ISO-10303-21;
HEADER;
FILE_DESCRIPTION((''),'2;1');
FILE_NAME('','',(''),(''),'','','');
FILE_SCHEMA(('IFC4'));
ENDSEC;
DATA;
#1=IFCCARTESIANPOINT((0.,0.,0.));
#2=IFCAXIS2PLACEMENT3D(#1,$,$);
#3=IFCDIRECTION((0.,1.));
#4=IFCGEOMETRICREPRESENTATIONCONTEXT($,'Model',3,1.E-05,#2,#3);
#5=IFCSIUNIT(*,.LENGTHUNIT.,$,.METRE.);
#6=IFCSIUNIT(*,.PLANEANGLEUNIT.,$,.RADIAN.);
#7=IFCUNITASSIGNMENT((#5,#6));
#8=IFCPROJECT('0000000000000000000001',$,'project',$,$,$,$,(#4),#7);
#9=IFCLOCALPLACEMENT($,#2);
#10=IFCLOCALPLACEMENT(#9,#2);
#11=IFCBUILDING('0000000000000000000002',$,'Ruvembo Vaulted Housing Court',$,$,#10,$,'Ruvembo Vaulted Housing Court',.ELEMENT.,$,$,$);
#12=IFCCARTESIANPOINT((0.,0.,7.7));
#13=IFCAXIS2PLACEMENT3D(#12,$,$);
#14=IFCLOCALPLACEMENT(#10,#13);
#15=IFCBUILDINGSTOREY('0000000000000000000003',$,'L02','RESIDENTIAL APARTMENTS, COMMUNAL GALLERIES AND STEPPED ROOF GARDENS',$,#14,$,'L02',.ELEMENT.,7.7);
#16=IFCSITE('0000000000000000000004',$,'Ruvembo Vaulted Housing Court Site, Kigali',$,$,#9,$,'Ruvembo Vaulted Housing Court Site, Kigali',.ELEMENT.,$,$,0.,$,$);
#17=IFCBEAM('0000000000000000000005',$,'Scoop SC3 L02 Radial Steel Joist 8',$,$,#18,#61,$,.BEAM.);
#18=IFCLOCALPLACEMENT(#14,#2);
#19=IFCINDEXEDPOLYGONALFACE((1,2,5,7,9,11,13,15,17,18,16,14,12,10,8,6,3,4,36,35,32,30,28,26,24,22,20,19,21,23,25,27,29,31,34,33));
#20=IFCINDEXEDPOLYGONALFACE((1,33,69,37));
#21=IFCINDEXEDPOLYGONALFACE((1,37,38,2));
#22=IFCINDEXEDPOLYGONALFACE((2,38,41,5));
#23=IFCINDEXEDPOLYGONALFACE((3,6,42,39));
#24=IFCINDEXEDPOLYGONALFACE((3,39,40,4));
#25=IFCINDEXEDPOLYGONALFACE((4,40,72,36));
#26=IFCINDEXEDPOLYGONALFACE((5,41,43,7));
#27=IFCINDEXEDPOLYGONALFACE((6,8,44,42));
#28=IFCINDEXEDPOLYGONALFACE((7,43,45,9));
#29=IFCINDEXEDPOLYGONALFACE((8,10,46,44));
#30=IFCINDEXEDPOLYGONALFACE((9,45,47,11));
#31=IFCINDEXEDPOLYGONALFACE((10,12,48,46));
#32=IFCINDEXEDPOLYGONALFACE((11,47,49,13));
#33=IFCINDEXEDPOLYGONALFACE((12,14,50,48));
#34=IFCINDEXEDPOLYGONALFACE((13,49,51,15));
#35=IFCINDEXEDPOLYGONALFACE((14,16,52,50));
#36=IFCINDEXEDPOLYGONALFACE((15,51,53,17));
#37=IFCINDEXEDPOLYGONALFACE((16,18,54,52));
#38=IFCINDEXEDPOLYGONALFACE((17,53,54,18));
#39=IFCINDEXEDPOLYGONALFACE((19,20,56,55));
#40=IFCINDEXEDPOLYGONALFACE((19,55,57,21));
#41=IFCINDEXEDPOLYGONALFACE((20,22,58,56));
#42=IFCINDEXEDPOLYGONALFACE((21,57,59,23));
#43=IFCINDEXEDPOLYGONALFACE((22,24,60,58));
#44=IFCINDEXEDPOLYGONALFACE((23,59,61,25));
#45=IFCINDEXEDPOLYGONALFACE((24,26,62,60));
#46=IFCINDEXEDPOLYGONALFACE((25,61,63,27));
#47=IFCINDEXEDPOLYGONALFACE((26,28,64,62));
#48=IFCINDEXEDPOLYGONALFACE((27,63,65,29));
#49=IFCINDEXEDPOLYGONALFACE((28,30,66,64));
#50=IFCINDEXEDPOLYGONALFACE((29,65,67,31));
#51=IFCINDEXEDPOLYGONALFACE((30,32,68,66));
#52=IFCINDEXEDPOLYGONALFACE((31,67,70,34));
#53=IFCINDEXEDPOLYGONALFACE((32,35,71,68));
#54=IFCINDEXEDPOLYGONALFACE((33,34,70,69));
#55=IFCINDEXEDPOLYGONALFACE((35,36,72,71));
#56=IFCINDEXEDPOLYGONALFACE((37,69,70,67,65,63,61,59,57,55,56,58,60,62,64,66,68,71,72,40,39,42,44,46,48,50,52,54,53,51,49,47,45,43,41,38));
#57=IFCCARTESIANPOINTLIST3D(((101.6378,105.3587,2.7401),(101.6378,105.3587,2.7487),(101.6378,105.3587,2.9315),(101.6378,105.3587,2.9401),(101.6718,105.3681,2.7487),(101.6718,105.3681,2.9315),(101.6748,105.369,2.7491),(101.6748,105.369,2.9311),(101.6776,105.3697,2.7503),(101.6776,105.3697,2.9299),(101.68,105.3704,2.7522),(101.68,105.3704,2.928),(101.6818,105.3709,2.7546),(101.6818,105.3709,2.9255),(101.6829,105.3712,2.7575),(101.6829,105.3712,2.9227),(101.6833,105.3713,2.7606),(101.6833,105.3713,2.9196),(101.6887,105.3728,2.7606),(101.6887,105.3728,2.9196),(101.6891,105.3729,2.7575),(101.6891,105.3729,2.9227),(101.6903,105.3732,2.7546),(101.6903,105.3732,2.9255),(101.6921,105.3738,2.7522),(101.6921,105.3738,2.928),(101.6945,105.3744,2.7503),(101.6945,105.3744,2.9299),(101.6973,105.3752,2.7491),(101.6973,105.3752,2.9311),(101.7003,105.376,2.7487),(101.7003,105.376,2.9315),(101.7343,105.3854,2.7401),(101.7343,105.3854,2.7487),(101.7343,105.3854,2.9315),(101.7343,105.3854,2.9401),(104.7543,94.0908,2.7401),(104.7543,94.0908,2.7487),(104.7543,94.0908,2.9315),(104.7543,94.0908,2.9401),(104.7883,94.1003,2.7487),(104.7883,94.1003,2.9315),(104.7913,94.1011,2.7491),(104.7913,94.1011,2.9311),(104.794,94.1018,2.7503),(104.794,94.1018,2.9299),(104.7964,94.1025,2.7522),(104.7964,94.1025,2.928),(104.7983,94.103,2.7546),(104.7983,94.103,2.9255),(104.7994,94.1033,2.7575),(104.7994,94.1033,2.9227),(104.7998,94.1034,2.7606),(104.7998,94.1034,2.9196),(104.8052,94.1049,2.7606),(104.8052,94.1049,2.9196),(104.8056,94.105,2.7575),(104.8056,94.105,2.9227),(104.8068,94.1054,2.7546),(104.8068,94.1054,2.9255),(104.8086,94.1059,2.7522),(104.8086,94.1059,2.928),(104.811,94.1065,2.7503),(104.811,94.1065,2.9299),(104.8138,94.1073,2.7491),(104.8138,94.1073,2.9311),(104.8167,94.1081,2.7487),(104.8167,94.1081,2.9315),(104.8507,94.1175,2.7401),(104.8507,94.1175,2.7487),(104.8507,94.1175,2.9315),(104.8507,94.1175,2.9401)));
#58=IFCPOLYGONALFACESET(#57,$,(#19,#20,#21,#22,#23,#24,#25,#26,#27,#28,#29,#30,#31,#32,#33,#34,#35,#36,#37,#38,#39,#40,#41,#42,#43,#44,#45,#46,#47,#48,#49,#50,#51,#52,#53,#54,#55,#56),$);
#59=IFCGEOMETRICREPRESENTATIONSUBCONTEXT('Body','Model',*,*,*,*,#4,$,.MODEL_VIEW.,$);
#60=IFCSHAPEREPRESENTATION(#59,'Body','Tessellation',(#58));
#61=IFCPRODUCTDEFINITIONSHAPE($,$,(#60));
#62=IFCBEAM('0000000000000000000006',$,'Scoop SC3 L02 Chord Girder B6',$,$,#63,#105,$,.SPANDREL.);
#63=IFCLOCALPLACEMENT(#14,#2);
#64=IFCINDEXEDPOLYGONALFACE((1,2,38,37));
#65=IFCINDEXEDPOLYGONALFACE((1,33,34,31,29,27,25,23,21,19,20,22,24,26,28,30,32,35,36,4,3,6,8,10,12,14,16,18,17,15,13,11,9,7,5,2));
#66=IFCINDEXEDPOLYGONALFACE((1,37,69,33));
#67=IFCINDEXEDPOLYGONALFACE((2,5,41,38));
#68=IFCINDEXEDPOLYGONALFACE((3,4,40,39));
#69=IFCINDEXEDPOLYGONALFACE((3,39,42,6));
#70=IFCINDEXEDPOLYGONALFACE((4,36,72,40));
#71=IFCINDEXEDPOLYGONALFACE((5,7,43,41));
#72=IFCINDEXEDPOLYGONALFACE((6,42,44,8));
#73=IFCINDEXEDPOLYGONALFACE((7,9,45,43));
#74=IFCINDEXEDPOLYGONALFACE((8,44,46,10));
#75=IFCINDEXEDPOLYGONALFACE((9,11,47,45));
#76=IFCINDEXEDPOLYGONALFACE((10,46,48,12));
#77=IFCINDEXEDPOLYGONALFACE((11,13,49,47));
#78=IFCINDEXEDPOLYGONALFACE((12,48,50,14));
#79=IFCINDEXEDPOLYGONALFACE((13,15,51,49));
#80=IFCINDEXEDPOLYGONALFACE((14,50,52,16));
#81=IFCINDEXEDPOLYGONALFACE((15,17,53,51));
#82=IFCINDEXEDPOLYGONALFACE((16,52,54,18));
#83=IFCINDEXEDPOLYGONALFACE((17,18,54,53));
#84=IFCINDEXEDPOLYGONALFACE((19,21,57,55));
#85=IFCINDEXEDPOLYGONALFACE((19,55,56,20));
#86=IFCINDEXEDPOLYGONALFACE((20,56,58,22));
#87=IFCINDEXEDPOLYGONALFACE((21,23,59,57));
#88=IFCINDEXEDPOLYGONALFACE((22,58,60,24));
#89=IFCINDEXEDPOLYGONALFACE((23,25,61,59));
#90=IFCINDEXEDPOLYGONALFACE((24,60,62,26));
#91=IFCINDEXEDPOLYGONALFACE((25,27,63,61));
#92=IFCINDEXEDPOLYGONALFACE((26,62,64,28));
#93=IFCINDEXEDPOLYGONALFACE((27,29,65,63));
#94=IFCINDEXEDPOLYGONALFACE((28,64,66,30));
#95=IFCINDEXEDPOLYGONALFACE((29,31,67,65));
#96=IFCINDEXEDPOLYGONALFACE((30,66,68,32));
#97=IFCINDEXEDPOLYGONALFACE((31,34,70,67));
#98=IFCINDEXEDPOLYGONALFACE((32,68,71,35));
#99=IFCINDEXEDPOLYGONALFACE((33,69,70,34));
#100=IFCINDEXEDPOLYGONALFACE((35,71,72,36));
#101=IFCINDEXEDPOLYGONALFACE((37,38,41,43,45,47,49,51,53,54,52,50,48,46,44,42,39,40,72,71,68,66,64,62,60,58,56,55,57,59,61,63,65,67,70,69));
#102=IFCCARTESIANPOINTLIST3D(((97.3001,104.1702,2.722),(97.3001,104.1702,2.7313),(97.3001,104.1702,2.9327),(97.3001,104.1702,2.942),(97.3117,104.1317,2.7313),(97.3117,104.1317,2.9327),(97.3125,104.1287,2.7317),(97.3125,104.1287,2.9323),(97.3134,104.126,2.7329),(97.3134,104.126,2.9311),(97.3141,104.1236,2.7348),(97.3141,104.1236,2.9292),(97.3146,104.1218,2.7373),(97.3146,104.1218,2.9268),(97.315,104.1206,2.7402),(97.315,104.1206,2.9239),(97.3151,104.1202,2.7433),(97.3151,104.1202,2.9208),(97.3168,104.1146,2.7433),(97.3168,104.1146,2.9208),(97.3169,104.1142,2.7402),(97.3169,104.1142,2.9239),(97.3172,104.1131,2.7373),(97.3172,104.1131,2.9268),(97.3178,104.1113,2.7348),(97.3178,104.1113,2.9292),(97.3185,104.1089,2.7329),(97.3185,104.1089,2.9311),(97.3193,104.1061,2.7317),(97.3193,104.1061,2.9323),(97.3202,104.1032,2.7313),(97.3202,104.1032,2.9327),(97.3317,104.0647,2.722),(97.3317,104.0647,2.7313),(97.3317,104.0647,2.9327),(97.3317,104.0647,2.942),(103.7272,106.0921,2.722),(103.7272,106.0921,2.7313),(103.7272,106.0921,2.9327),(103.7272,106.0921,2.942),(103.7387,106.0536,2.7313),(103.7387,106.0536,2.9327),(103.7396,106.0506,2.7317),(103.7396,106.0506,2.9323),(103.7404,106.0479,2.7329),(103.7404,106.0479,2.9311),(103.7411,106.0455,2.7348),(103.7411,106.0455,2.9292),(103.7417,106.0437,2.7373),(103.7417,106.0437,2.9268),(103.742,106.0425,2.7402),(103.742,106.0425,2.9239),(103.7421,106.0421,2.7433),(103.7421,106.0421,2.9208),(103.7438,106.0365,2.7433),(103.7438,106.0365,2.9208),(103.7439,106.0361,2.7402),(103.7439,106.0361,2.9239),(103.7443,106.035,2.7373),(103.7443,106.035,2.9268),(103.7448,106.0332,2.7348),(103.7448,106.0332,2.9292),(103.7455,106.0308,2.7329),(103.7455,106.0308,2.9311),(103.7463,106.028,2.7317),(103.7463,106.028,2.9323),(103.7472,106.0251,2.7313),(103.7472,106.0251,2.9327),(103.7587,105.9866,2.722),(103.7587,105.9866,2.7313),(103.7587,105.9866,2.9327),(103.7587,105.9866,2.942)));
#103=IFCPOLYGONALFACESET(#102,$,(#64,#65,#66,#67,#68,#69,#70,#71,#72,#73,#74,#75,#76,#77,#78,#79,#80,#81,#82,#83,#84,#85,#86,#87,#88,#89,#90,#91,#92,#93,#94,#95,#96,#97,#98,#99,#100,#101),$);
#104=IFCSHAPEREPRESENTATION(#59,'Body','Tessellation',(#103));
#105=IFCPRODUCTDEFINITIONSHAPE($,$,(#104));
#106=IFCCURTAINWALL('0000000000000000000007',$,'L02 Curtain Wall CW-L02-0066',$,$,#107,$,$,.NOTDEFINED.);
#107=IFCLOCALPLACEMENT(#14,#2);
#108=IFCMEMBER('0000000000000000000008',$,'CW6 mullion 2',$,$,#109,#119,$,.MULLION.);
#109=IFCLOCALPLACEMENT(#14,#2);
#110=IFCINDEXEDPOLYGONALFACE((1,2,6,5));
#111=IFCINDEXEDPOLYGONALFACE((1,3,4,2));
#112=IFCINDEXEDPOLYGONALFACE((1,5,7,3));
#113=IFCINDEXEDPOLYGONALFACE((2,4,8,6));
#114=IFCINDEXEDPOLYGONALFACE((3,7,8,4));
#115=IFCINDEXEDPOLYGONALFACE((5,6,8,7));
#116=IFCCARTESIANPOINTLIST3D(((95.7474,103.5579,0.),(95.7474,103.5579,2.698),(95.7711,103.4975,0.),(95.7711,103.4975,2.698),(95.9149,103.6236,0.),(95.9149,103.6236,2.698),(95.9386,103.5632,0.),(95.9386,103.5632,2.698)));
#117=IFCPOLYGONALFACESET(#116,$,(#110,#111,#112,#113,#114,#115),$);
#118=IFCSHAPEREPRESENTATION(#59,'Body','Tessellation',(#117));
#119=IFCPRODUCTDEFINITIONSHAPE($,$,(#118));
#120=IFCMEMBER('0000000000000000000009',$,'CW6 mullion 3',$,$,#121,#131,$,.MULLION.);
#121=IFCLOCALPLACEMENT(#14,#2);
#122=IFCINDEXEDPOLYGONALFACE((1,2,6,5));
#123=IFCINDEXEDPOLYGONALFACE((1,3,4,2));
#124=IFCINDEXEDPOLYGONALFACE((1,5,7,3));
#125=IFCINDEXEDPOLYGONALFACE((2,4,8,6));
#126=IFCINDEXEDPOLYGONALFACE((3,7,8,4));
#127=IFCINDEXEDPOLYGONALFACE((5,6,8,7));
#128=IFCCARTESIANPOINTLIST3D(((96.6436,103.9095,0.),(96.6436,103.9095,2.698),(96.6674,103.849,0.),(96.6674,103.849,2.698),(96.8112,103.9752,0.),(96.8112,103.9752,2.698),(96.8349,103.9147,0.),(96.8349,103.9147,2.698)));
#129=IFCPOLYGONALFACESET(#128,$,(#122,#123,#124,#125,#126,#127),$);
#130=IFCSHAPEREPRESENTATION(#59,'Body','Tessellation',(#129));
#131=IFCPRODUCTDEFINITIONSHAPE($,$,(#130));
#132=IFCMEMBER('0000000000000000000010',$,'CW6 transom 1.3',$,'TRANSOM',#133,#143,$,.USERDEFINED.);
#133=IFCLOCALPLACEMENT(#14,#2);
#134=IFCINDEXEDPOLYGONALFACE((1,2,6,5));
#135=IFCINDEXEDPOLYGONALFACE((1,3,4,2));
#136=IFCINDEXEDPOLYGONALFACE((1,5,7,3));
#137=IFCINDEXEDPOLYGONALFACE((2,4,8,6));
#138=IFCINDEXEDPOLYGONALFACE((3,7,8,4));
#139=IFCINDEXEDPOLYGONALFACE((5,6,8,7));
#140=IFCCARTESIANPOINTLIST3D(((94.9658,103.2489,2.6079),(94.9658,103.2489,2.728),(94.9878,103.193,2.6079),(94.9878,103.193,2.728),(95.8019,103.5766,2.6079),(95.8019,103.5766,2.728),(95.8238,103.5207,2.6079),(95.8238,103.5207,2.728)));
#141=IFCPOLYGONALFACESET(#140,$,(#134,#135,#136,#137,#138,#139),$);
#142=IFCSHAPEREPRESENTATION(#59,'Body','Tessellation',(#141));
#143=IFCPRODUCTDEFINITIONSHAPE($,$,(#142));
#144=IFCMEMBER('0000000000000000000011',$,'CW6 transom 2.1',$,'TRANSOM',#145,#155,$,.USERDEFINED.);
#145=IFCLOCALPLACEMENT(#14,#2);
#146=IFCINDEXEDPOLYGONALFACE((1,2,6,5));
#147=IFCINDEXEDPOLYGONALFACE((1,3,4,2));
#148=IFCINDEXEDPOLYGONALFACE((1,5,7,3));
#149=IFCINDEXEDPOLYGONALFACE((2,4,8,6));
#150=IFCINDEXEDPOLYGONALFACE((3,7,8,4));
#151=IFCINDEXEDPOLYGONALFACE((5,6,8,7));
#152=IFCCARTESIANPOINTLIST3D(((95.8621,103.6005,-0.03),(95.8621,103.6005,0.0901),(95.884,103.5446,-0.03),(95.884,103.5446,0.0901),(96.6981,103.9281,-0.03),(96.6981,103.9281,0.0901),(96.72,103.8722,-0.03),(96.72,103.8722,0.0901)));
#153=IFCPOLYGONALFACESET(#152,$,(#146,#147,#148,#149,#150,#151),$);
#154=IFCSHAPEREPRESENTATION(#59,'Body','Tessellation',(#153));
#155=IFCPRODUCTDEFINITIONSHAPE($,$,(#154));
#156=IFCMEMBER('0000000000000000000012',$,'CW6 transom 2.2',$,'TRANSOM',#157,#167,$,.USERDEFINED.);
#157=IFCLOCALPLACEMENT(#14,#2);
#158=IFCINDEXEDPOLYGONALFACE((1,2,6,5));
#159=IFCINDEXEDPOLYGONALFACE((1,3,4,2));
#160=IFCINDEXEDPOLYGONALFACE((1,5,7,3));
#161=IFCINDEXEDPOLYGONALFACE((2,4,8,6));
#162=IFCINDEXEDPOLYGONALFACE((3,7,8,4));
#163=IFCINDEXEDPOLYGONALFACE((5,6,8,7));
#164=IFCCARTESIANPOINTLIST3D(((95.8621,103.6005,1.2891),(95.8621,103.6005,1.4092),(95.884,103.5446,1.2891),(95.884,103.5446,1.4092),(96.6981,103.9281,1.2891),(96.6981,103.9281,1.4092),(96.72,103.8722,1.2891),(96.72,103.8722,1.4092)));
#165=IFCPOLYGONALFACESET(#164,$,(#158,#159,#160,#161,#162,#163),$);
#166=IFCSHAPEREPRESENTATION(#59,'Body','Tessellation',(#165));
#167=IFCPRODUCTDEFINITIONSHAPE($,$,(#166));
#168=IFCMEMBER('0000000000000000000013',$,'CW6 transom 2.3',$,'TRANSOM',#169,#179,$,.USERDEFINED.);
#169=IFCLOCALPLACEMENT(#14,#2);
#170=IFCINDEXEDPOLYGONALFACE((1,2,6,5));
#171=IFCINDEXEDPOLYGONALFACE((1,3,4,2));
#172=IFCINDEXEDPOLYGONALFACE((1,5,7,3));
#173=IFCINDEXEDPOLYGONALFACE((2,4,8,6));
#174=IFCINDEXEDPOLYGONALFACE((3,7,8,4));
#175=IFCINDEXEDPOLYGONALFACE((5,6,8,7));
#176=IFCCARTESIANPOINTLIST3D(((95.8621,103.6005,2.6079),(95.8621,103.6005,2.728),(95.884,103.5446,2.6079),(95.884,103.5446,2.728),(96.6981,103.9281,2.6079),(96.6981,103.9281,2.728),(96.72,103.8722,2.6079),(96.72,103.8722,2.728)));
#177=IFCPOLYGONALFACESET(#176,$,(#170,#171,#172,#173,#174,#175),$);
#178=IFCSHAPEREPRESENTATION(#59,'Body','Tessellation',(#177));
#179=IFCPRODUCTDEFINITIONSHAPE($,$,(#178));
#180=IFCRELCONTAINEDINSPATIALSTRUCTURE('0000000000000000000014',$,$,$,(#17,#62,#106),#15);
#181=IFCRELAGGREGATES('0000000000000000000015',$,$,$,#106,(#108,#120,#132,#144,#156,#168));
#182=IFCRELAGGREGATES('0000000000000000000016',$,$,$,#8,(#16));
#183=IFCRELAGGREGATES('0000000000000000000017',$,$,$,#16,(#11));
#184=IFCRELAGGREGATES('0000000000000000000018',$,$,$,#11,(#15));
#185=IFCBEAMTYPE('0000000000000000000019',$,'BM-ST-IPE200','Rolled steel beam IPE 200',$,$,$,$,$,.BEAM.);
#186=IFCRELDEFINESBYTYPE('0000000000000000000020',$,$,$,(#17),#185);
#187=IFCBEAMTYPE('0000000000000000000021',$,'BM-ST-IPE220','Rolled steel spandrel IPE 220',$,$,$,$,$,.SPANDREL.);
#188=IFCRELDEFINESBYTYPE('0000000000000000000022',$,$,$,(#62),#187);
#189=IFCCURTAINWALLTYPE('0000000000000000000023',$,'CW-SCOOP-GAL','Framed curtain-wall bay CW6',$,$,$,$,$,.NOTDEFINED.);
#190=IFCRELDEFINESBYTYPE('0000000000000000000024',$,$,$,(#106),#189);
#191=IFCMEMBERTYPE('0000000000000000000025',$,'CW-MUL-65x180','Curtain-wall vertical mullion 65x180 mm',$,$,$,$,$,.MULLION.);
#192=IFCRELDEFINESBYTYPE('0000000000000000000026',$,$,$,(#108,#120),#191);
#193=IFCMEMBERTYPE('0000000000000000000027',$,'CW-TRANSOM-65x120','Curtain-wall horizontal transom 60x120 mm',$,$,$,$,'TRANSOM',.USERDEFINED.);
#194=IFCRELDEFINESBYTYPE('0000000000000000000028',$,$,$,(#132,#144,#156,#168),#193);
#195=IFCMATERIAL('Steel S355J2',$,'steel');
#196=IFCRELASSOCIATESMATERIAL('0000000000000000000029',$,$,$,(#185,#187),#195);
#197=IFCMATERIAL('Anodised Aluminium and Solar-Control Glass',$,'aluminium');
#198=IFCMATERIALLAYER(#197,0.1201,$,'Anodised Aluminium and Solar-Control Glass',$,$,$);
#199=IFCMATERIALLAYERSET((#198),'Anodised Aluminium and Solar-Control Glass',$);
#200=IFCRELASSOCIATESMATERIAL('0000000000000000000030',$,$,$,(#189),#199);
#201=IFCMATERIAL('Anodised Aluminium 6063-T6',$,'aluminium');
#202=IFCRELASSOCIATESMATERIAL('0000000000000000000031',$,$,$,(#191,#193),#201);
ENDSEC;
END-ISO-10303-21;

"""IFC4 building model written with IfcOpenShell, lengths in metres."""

from ifc_helpers import new_model, si_unit, direction, frame, origin, origin_2d, place, context, subcontext, project, spatial, rectangle, i_section, extrude, material, layer, layer_set, material_profile, profile_set, type_object, element, aggregate, save


model = new_model("IFC4")

# Units and contexts
model_context = context("Model", 3, precision=1e-05, world=origin(), true_north=direction((0.0, 1.0)))
body_context = subcontext(model_context, "Body", "Model", "MODEL_VIEW")
ifc_project = project(units=[si_unit("LENGTHUNIT", "METRE"), si_unit("PLANEANGLEUNIT", "RADIAN")], contexts=[model_context])

# Site, building, storey
site_placement = place(None, origin())
site = spatial("IfcSite", under=ifc_project, at=site_placement, Name="Ruvembo Vaulted Housing Court Site, Kigali", LongName="Ruvembo Vaulted Housing Court Site, Kigali", CompositionType="ELEMENT", RefElevation=0.0)
building_placement = place(site_placement, origin())
building = spatial("IfcBuilding", under=site, at=building_placement, Name="Ruvembo Vaulted Housing Court", LongName="Ruvembo Vaulted Housing Court", CompositionType="ELEMENT")
storey_placement = place(building_placement, frame((0.0, 0.0, 7.7)))
storey = spatial("IfcBuildingStorey", under=building, at=storey_placement, Name="L02", Description="RESIDENTIAL APARTMENTS, COMMUNAL GALLERIES AND STEPPED ROOF GARDENS", LongName="L02", CompositionType="ELEMENT", Elevation=7.7)

# Beams
ifc_material_1 = material(Name="Steel S355J2", Category="steel")
ifc_material_profile_1 = material_profile(ifc_material_1, i_section(OverallWidth=0.1001, OverallDepth=0.2, WebThickness=0.0056, FlangeThickness=0.0085, FilletRadius=0.012, at=origin_2d()), Name="IPE 200")
ifc_profile_set_1 = profile_set([ifc_material_profile_1], Name="Steel S355J2")
beam_type_1 = type_object("IfcBeamType", Name="BM-ST-IPE200", Description="Rolled steel beam IPE 200", PredefinedType="BEAM", material=ifc_profile_set_1)
beam_1_placement = place(storey_placement, frame((101.686, 105.3721, 2.8401), z_axis=(0.266572, -0.963815, 0.0), x_axis=(0.963815, 0.266572, 0.0)))
element("IfcBeam", 1, at=beam_1_placement, inside=storey, type_object=beam_type_1, Name="Scoop SC3 L02 Radial Steel Joist 8", PredefinedType="BEAM", context=body_context, shape_type="SweptSolid", body=[
    extrude(i_section(OverallWidth=0.1001, OverallDepth=0.2, WebThickness=0.0056, FlangeThickness=0.0085, FilletRadius=0.012, at=origin_2d()), origin(), (0.0, 0.0, 1.0), 11.6909),
])
ifc_material_profile_2 = material_profile(ifc_material_1, i_section(OverallWidth=0.1101, OverallDepth=0.22, WebThickness=0.0059, FlangeThickness=0.0093, FilletRadius=0.012, at=origin_2d()), Name="IPE 220")
ifc_profile_set_2 = profile_set([ifc_material_profile_2], Name="Steel S355J2")
beam_type_2 = type_object("IfcBeamType", Name="BM-ST-IPE220", Description="Rolled steel spandrel IPE 220", PredefinedType="SPANDREL", material=ifc_profile_set_2)
beam_2_placement = place(storey_placement, frame((97.3159, 104.1174, 2.832), z_axis=(0.958081, 0.286496, 0.0), x_axis=(-0.286496, 0.958081, 0.0)))
element("IfcBeam", 2, at=beam_2_placement, inside=storey, type_object=beam_type_2, Name="Scoop SC3 L02 Chord Girder B6", PredefinedType="SPANDREL", context=body_context, shape_type="SweptSolid", body=[
    extrude(i_section(OverallWidth=0.1101, OverallDepth=0.22, WebThickness=0.0059, FlangeThickness=0.0093, FilletRadius=0.012, at=origin_2d()), origin(), (0.0, 0.0, 1.0), 6.7083),
])

# Curtain wall, members
ifc_material_2 = material(Name="Anodised Aluminium and Solar-Control Glass", Category="aluminium")
ifc_layer_1 = layer(ifc_material_2, 0.1201, Name="Anodised Aluminium and Solar-Control Glass")
ifc_layer_set_1 = layer_set([ifc_layer_1], Name="Anodised Aluminium and Solar-Control Glass")
curtain_wall_type = type_object("IfcCurtainWallType", Name="CW-SCOOP-GAL", Description="Framed curtain-wall bay CW6", PredefinedType="NOTDEFINED", material=ifc_layer_set_1)
curtain_wall_placement = place(storey_placement, origin())
curtain_wall = element("IfcCurtainWall", 3, at=curtain_wall_placement, inside=storey, type_object=curtain_wall_type, Name="L02 Curtain Wall CW-L02-0066", PredefinedType="NOTDEFINED")
ifc_material_3 = material(Name="Anodised Aluminium 6063-T6", Category="aluminium")
ifc_material_profile_3 = material_profile(ifc_material_3, rectangle(XDim=0.0649, YDim=0.1799, at=origin_2d()), Name="ALU 65x180")
ifc_profile_set_3 = profile_set([ifc_material_profile_3], Name="Anodised Aluminium 6063-T6")
member_type_1 = type_object("IfcMemberType", Name="CW-MUL-65x180", Description="Curtain-wall vertical mullion 65x180 mm", PredefinedType="MULLION", material=ifc_profile_set_3)
member_1_placement = place(storey_placement, frame((95.843, 103.5605, 0.0), z_axis=(0.0, 0.0, 1.0), x_axis=(-0.365034, 0.930994, 0.0)))
member_1 = element("IfcMember", 4, at=member_1_placement, type_object=member_type_1, Name="CW6 mullion 2", PredefinedType="MULLION", context=body_context, shape_type="SweptSolid", body=[
    extrude(rectangle(XDim=0.0649, YDim=0.1799, at=origin_2d()), origin(), (0.0, 0.0, 1.0), 2.698),
])
member_2_placement = place(storey_placement, frame((96.7393, 103.9121, 0.0), z_axis=(0.0, 0.0, 1.0), x_axis=(-0.365034, 0.930994, 0.0)))
member_2 = element("IfcMember", 5, at=member_2_placement, type_object=member_type_1, Name="CW6 mullion 3", PredefinedType="MULLION", context=body_context, shape_type="SweptSolid", body=[
    extrude(rectangle(XDim=0.0649, YDim=0.1799, at=origin_2d()), origin(), (0.0, 0.0, 1.0), 2.698),
])
ifc_material_profile_4 = material_profile(ifc_material_3, rectangle(XDim=0.0601, YDim=0.1201, at=origin_2d()), Name="ALU 60x120")
ifc_profile_set_4 = profile_set([ifc_material_profile_4], Name="Anodised Aluminium 6063-T6")
member_type_2 = type_object("IfcMemberType", Name="CW-TRANSOM-65x120", Description="Curtain-wall horizontal transom 60x120 mm", ElementType="TRANSOM", PredefinedType="USERDEFINED", material=ifc_profile_set_4)
member_3_placement = place(storey_placement, frame((94.9768, 103.2209, 2.668), z_axis=(0.931042, 0.364912, 0.0), x_axis=(-0.364912, 0.931042, 0.0)))
member_3 = element("IfcMember", 6, at=member_3_placement, type_object=member_type_2, Name="CW6 transom 1.3", ObjectType="TRANSOM", PredefinedType="USERDEFINED", context=body_context, shape_type="SweptSolid", body=[
    extrude(rectangle(XDim=0.0601, YDim=0.1201, at=origin_2d()), origin(), (0.0, 0.0, 1.0), 0.8979),
])
member_4_placement = place(storey_placement, frame((95.873, 103.5725, 0.03), z_axis=(0.931042, 0.364912, 0.0), x_axis=(-0.364912, 0.931042, 0.0)))
member_4 = element("IfcMember", 7, at=member_4_placement, type_object=member_type_2, Name="CW6 transom 2.1", ObjectType="TRANSOM", PredefinedType="USERDEFINED", context=body_context, shape_type="SweptSolid", body=[
    extrude(rectangle(XDim=0.0601, YDim=0.1201, at=origin_2d()), origin(), (0.0, 0.0, 1.0), 0.8979),
])
member_5_placement = place(storey_placement, frame((95.873, 103.5725, 1.3491), z_axis=(0.931042, 0.364912, 0.0), x_axis=(-0.364912, 0.931042, 0.0)))
member_5 = element("IfcMember", 8, at=member_5_placement, type_object=member_type_2, Name="CW6 transom 2.2", ObjectType="TRANSOM", PredefinedType="USERDEFINED", context=body_context, shape_type="SweptSolid", body=[
    extrude(rectangle(XDim=0.0601, YDim=0.1201, at=origin_2d()), origin(), (0.0, 0.0, 1.0), 0.8979),
])
member_6_placement = place(storey_placement, frame((95.873, 103.5725, 2.668), z_axis=(0.931042, 0.364912, 0.0), x_axis=(-0.364912, 0.931042, 0.0)))
member_6 = element("IfcMember", 9, at=member_6_placement, type_object=member_type_2, Name="CW6 transom 2.3", ObjectType="TRANSOM", PredefinedType="USERDEFINED", context=body_context, shape_type="SweptSolid", body=[
    extrude(rectangle(XDim=0.0601, YDim=0.1201, at=origin_2d()), origin(), (0.0, 0.0, 1.0), 0.8979),
])
aggregate(curtain_wall, [member_1, member_2, member_3, member_4, member_5, member_6])

save(model, "model.ifc")
